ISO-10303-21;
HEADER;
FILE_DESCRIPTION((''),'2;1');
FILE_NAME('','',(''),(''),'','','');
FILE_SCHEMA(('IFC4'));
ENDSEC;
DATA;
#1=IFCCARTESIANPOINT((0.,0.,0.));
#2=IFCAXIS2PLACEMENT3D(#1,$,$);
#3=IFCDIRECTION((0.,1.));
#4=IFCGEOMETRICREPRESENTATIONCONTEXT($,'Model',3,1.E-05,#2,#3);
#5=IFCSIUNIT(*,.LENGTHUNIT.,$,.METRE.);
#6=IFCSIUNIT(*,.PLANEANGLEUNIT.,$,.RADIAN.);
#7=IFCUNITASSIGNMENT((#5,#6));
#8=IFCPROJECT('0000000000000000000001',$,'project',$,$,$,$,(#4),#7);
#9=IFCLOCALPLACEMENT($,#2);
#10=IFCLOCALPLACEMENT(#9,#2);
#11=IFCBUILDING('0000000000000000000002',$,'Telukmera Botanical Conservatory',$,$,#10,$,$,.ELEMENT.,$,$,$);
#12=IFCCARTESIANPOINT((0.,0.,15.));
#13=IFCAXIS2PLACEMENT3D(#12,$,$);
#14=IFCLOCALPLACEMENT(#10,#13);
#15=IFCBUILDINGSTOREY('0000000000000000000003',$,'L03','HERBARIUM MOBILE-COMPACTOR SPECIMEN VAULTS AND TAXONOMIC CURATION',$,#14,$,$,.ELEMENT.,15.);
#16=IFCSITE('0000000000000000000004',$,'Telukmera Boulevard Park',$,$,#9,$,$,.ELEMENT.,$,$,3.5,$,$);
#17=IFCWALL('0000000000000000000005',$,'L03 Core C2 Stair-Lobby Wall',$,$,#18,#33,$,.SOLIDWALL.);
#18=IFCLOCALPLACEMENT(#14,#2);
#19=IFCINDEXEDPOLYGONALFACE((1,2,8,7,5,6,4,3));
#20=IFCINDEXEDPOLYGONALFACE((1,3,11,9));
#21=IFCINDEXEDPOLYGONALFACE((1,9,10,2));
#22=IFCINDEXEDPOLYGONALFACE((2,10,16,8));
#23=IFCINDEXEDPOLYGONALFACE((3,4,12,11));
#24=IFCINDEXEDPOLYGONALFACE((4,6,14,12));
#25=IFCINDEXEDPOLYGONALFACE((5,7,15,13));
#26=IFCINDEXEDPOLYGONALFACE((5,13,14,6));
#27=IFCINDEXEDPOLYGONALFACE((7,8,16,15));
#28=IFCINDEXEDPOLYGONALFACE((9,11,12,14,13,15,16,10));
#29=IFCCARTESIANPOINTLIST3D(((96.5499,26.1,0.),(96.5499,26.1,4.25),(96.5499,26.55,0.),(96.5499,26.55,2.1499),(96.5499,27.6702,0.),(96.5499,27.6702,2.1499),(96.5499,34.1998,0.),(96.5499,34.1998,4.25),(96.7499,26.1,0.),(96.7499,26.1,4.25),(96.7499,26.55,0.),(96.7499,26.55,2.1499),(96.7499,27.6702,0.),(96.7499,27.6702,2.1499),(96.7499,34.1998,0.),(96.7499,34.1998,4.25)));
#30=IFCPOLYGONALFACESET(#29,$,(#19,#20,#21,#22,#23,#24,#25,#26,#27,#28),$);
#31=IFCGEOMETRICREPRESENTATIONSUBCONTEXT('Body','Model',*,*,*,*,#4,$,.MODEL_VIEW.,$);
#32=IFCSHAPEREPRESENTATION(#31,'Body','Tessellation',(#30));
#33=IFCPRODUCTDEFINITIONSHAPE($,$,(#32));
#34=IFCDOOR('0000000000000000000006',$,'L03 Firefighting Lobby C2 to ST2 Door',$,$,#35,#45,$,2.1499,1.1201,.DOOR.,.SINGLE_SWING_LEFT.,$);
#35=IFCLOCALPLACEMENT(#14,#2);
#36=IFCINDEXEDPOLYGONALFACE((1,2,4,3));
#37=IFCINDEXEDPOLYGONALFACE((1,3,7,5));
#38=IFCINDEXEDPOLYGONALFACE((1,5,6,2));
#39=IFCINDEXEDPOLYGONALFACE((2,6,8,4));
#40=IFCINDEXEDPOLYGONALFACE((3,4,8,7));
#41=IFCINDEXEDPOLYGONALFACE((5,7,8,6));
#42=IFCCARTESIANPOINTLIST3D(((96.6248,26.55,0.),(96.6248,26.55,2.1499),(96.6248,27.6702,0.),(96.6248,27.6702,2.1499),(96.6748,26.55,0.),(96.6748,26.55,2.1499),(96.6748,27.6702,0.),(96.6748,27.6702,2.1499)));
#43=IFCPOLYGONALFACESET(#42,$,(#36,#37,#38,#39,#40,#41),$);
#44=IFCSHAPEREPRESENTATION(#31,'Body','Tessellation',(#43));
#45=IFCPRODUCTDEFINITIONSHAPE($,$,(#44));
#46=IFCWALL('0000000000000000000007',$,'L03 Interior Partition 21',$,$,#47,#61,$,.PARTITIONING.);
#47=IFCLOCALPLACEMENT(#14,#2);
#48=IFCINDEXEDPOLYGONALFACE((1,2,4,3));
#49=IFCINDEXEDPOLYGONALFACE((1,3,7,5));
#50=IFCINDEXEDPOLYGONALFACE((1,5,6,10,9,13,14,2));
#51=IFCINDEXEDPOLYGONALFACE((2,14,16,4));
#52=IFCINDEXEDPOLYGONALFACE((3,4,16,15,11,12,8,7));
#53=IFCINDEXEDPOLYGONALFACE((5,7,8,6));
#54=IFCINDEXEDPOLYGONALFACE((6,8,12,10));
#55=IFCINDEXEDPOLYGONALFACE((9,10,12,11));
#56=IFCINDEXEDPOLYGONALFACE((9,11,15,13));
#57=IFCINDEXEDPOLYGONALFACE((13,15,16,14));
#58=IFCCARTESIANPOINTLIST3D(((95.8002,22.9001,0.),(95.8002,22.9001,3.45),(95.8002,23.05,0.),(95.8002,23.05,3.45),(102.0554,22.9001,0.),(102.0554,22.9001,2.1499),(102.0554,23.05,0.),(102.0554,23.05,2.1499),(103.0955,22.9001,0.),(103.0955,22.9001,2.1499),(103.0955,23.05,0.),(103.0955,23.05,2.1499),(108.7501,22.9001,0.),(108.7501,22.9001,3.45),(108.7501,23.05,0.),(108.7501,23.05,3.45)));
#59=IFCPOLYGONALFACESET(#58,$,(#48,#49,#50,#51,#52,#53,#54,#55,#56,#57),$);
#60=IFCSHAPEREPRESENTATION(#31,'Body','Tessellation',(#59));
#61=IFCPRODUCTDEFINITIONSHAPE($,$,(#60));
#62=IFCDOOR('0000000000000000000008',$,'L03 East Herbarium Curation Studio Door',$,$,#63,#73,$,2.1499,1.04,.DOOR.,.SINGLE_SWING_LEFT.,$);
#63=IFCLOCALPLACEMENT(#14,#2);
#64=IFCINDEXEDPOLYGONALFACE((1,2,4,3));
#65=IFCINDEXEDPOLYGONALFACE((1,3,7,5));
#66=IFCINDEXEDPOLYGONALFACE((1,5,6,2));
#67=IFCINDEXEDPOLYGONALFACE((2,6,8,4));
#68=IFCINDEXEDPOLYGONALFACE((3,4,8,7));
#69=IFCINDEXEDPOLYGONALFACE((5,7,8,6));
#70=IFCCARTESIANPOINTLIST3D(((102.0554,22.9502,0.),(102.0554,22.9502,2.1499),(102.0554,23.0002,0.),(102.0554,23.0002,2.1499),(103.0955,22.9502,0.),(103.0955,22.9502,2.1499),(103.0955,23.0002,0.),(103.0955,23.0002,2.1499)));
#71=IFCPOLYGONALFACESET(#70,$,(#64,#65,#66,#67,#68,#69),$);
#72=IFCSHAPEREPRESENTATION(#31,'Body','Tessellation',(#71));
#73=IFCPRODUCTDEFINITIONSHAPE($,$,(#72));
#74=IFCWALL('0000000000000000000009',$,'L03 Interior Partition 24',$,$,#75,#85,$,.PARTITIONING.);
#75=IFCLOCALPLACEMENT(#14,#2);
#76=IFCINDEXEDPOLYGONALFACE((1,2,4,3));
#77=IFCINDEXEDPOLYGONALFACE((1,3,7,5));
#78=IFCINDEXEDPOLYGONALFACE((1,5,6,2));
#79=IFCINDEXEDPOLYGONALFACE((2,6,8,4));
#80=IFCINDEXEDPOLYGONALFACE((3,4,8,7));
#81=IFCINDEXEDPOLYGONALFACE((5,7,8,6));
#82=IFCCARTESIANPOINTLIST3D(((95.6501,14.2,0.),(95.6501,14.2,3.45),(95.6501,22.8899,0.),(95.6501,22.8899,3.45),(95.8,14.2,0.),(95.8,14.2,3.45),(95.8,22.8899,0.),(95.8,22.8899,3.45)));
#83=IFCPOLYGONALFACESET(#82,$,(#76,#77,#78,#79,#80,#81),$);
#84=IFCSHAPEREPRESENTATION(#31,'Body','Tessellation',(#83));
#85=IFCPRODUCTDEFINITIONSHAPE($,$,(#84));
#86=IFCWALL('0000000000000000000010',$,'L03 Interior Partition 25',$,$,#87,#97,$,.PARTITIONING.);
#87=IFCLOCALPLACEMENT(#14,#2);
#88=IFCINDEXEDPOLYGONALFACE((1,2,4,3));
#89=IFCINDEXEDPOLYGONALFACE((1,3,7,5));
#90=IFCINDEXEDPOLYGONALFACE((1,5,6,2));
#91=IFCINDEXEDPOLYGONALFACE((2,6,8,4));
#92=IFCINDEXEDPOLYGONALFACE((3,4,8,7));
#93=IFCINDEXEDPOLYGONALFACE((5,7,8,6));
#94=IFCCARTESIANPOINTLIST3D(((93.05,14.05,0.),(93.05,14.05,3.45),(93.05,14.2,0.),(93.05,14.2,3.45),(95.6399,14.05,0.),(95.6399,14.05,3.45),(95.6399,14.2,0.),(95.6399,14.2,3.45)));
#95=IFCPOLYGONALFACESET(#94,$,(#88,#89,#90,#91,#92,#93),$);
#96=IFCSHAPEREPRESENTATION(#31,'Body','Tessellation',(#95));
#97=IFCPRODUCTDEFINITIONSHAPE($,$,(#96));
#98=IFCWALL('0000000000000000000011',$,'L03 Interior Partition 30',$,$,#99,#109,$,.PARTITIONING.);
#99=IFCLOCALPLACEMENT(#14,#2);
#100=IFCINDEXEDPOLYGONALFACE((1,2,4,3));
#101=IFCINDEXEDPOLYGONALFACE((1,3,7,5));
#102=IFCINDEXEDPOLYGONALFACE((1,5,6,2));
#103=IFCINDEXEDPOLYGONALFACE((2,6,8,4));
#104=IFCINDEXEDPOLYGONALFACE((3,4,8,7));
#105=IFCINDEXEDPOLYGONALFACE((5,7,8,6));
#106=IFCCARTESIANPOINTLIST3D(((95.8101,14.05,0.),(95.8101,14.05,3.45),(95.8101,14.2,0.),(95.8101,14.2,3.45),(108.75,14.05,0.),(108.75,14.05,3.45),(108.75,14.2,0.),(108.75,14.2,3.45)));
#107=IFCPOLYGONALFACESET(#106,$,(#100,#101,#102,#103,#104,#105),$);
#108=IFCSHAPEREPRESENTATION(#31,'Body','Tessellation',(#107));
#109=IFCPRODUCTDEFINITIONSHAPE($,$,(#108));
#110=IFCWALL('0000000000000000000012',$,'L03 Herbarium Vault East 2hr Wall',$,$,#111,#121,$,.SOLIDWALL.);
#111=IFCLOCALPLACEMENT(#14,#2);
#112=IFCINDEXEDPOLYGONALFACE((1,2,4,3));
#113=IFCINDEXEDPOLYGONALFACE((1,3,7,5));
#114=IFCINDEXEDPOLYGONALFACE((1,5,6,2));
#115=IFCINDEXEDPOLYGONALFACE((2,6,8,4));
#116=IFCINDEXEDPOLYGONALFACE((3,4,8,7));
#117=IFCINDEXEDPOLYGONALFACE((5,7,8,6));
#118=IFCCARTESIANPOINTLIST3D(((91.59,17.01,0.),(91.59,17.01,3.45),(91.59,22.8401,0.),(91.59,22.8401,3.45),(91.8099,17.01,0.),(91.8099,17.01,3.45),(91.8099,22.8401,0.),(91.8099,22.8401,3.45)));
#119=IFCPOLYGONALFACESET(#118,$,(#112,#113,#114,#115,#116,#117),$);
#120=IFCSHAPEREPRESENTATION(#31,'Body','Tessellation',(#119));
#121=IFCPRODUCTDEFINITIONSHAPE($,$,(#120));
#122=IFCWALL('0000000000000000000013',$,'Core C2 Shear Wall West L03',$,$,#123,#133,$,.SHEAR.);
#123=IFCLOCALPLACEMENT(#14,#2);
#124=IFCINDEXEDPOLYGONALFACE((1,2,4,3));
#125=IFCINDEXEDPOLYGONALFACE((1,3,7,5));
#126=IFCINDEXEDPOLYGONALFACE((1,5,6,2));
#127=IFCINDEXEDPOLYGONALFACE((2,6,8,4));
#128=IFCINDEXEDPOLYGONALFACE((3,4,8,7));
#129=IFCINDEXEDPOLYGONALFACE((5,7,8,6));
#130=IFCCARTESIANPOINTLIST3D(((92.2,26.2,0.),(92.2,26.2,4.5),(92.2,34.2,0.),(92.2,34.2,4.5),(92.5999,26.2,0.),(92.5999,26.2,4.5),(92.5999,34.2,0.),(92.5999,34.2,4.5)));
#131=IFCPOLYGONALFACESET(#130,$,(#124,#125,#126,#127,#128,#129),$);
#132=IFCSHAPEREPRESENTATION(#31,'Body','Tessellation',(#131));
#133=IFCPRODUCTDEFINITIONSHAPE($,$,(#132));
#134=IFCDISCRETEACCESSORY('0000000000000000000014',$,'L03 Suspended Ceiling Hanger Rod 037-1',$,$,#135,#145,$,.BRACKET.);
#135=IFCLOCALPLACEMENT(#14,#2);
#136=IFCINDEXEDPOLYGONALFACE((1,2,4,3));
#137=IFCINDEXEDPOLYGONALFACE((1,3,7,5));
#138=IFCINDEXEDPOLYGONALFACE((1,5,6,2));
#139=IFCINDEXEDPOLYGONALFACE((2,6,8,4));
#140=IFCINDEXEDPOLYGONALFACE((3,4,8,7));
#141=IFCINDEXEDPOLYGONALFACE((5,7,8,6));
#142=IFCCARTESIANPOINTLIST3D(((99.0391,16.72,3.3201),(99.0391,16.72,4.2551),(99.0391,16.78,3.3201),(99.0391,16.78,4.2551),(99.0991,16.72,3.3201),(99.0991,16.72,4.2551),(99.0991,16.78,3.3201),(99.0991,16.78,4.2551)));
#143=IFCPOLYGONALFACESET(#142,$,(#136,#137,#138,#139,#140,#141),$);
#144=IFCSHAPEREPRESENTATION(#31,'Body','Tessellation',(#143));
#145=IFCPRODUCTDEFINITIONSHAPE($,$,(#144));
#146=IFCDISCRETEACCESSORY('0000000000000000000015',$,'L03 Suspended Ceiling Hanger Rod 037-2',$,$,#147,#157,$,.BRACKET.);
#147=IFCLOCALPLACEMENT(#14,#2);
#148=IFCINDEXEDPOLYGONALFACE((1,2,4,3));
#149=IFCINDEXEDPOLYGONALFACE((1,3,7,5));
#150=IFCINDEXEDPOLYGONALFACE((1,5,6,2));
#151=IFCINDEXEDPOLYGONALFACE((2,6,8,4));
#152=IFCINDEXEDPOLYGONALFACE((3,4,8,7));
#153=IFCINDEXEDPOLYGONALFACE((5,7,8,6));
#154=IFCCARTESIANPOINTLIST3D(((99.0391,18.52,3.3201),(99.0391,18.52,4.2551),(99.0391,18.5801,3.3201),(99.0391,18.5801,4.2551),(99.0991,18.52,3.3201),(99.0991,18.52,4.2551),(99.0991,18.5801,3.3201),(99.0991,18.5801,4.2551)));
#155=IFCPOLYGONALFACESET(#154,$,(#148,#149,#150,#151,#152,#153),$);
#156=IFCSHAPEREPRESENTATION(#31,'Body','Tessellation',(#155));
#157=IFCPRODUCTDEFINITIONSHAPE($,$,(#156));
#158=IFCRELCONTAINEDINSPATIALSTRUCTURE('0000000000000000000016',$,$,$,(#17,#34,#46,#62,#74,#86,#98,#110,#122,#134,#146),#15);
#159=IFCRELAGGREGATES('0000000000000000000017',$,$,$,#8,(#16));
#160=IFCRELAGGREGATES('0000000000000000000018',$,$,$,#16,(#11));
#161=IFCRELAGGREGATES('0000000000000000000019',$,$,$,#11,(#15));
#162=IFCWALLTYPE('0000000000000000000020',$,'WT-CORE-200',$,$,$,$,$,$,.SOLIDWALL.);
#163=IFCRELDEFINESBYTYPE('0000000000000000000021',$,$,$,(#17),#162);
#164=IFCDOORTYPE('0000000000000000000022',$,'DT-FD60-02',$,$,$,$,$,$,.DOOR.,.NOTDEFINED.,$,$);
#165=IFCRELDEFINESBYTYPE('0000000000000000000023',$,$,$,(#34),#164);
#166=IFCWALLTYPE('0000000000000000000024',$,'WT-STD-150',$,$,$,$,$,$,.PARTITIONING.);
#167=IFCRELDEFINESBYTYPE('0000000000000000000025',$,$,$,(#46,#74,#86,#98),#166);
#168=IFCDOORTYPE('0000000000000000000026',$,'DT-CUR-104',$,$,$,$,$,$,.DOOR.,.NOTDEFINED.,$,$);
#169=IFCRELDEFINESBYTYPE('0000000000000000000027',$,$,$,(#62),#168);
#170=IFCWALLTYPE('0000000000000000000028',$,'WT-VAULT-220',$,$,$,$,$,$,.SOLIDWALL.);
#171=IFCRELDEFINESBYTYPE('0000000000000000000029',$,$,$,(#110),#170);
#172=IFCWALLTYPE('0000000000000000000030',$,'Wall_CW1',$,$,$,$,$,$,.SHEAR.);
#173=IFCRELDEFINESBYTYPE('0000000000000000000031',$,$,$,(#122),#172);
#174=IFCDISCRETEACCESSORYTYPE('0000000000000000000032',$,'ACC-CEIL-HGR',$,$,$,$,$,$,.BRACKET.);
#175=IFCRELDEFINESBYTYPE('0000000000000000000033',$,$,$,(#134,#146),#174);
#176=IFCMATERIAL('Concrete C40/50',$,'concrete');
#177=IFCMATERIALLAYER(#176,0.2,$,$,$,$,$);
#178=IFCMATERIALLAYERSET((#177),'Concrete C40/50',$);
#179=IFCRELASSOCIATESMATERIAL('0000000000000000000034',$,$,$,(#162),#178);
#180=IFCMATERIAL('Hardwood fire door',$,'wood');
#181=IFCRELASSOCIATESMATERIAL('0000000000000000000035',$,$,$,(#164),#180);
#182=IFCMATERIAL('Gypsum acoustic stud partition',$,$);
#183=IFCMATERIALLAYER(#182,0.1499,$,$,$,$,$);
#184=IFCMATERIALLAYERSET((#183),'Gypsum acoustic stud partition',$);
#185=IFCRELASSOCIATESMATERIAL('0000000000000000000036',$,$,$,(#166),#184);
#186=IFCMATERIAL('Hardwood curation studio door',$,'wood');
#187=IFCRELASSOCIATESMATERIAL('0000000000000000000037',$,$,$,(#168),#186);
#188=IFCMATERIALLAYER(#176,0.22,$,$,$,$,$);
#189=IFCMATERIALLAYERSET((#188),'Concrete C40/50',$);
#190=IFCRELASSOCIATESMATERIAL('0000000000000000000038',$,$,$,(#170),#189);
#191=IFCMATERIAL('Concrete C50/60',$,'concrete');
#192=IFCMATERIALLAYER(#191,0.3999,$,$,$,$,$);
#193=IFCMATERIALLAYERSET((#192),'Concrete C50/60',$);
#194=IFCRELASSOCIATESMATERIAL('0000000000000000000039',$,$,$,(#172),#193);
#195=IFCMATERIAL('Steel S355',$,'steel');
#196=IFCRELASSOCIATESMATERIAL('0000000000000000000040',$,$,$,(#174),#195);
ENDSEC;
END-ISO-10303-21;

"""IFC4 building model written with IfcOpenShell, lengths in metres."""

from ifc_helpers import new_model, si_unit, direction, frame, frame_2d, origin, origin_2d, place, context, subcontext, project, spatial, rectangle, extrude, material, layer, layer_set, type_object, element, fill, save


model = new_model("IFC4")

# Units and contexts
model_context = context("Model", 3, precision=1e-05, world=origin(), true_north=direction((0.0, 1.0)))
body_context = subcontext(model_context, "Body", "Model", "MODEL_VIEW")
ifc_project = project(units=[si_unit("LENGTHUNIT", "METRE"), si_unit("PLANEANGLEUNIT", "RADIAN")], contexts=[model_context])

# Site, building, storey
site_placement = place(None, origin())
site = spatial("IfcSite", under=ifc_project, at=site_placement, Name="Telukmera Boulevard Park", CompositionType="ELEMENT", RefElevation=3.5)
building_placement = place(site_placement, origin())
building = spatial("IfcBuilding", under=site, at=building_placement, Name="Telukmera Botanical Conservatory", CompositionType="ELEMENT")
storey_placement = place(building_placement, frame((0.0, 0.0, 15.0)))
storey = spatial("IfcBuildingStorey", under=building, at=storey_placement, Name="L03", Description="HERBARIUM MOBILE-COMPACTOR SPECIMEN VAULTS AND TAXONOMIC CURATION", CompositionType="ELEMENT", Elevation=15.0)

# Shared definitions
ifc_material_1 = material(Name="Concrete C50/60", Category="concrete")

# Shared definitions
ifc_material_2 = material(Name="Concrete C40/50", Category="concrete")

# Shared definitions
ifc_layer_1 = layer(ifc_material_2, 0.2)
ifc_layer_set_1 = layer_set([ifc_layer_1], Name="Concrete C40/50")
wall_type_1 = type_object("IfcWallType", Name="WT-CORE-200", PredefinedType="SOLIDWALL", material=ifc_layer_set_1)
ifc_material_3 = material(Name="Hardwood fire door", Category="wood")

# Walls, openings, doors
wall_1_placement = place(storey_placement, frame((96.6499, 26.1001, 0.0), z_axis=(0.0, 0.0, 1.0), x_axis=(0.0, 1.0, 0.0)))
wall_1 = element("IfcWall", 1, at=wall_1_placement, inside=storey, type_object=wall_type_1, Name="L03 Core C2 Stair-Lobby Wall", PredefinedType="SOLIDWALL", context=body_context, shape_type="SweptSolid", body=[
    extrude(rectangle(XDim=8.0999, YDim=0.2, at=frame_2d((4.0498, 0.0))), origin(), (0.0, 0.0, 1.0), 4.25),
])
opening_1_placement = place(wall_1_placement, frame((0.45, 0.0, 0.0)))
opening_1 = element("IfcOpeningElement", 2, at=opening_1_placement, cuts=wall_1, PredefinedType="OPENING", context=body_context, shape_type="SweptSolid", body=[
    extrude(rectangle(XDim=1.1201, YDim=2.1499, at=frame_2d((0.5601, 1.075))), frame((0.0, 0.1099, 0.0), z_axis=(0.0, -1.0, 0.0), x_axis=(1.0, 0.0, 0.0)), (0.0, 0.0, 1.0), 0.22),
])
door_type_1 = type_object("IfcDoorType", Name="DT-FD60-02", OperationType="NOTDEFINED", PredefinedType="DOOR", material=ifc_material_3)
door_1_placement = place(opening_1_placement, frame((1.1201, 0.0, 0.0), z_axis=(0.0, 0.0, 1.0), x_axis=(-1.0, 0.0, 0.0)))
door_1 = element("IfcDoor", 3, at=door_1_placement, inside=storey, type_object=door_type_1, Name="L03 Firefighting Lobby C2 to ST2 Door", OperationType="SINGLE_SWING_LEFT", OverallHeight=2.1499, OverallWidth=1.1201, PredefinedType="DOOR", context=body_context, shape_type="SweptSolid", body=[
    extrude(rectangle(XDim=1.1201, YDim=2.1499, at=frame_2d((0.5601, 1.075))), frame((0.0, 0.0249, 0.0), z_axis=(0.0, -1.0, 0.0), x_axis=(1.0, 0.0, 0.0)), (0.0, 0.0, 1.0), 0.05),
])
fill(opening_1, door_1)
ifc_material_4 = material(Name="Gypsum acoustic stud partition")
ifc_layer_2 = layer(ifc_material_4, 0.1499)
ifc_layer_set_2 = layer_set([ifc_layer_2], Name="Gypsum acoustic stud partition")
wall_type_2 = type_object("IfcWallType", Name="WT-STD-150", PredefinedType="PARTITIONING", material=ifc_layer_set_2)
wall_2_placement = place(storey_placement, frame((95.8, 22.9751, 0.0), z_axis=(0.0, 0.0, 1.0), x_axis=(1.0, 0.0, 0.0)))
wall_2 = element("IfcWall", 4, at=wall_2_placement, inside=storey, type_object=wall_type_2, Name="L03 Interior Partition 21", PredefinedType="PARTITIONING", context=body_context, shape_type="SweptSolid", body=[
    extrude(rectangle(XDim=12.95, YDim=0.1499, at=frame_2d((6.4751, 0.0))), origin(), (0.0, 0.0, 1.0), 3.45),
])
opening_2_placement = place(wall_2_placement, frame((6.2554, 0.0, 0.0)))
opening_2 = element("IfcOpeningElement", 5, at=opening_2_placement, cuts=wall_2, PredefinedType="OPENING", context=body_context, shape_type="SweptSolid", body=[
    extrude(rectangle(XDim=1.04, YDim=2.1499, at=frame_2d((0.52, 1.075))), frame((0.0, 0.085, 0.0), z_axis=(0.0, -1.0, 0.0), x_axis=(1.0, 0.0, 0.0)), (0.0, 0.0, 1.0), 0.1699),
])
ifc_material_5 = material(Name="Hardwood curation studio door", Category="wood")
door_type_2 = type_object("IfcDoorType", Name="DT-CUR-104", OperationType="NOTDEFINED", PredefinedType="DOOR", material=ifc_material_5)
door_2_placement = place(opening_2_placement, frame((1.04, 0.0, 0.0), z_axis=(0.0, 0.0, 1.0), x_axis=(-1.0, 0.0, 0.0)))
door_2 = element("IfcDoor", 6, at=door_2_placement, inside=storey, type_object=door_type_2, Name="L03 East Herbarium Curation Studio Door", OperationType="SINGLE_SWING_LEFT", OverallHeight=2.1499, OverallWidth=1.04, PredefinedType="DOOR", context=body_context, shape_type="SweptSolid", body=[
    extrude(rectangle(XDim=1.04, YDim=2.1499, at=frame_2d((0.52, 1.075))), frame((0.0, 0.0249, 0.0), z_axis=(0.0, -1.0, 0.0), x_axis=(1.0, 0.0, 0.0)), (0.0, 0.0, 1.0), 0.05),
])
fill(opening_2, door_2)

# Walls
wall_3_placement = place(storey_placement, frame((95.7251, 14.2, 0.0), z_axis=(0.0, 0.0, 1.0), x_axis=(0.0, 1.0, 0.0)))
element("IfcWall", 7, at=wall_3_placement, inside=storey, type_object=wall_type_2, Name="L03 Interior Partition 24", PredefinedType="PARTITIONING", context=body_context, shape_type="SweptSolid", body=[
    extrude(rectangle(XDim=8.6899, YDim=0.1499, at=frame_2d((4.345, 0.0))), origin(), (0.0, 0.0, 1.0), 3.45),
])
wall_4_placement = place(storey_placement, frame((93.05, 14.125, 0.0), z_axis=(0.0, 0.0, 1.0), x_axis=(1.0, 0.0, 0.0)))
element("IfcWall", 8, at=wall_4_placement, inside=storey, type_object=wall_type_2, Name="L03 Interior Partition 25", PredefinedType="PARTITIONING", context=body_context, shape_type="SweptSolid", body=[
    extrude(rectangle(XDim=2.5898, YDim=0.1499, at=frame_2d((1.2949, 0.0))), origin(), (0.0, 0.0, 1.0), 3.45),
])

# Walls
wall_5_placement = place(storey_placement, frame((95.8101, 14.125, 0.0), z_axis=(0.0, 0.0, 1.0), x_axis=(1.0, 0.0, 0.0)))
element("IfcWall", 9, at=wall_5_placement, inside=storey, type_object=wall_type_2, Name="L03 Interior Partition 30", PredefinedType="PARTITIONING", context=body_context, shape_type="SweptSolid", body=[
    extrude(rectangle(XDim=12.9399, YDim=0.1499, at=frame_2d((6.47, 0.0))), origin(), (0.0, 0.0, 1.0), 3.45),
])
ifc_layer_3 = layer(ifc_material_2, 0.22)
ifc_layer_set_3 = layer_set([ifc_layer_3], Name="Concrete C40/50")
wall_type_3 = type_object("IfcWallType", Name="WT-VAULT-220", PredefinedType="SOLIDWALL", material=ifc_layer_set_3)
wall_6_placement = place(storey_placement, frame((91.7, 17.01, 0.0), z_axis=(0.0, 0.0, 1.0), x_axis=(0.0, 1.0, 0.0)))
element("IfcWall", 10, at=wall_6_placement, inside=storey, type_object=wall_type_3, Name="L03 Herbarium Vault East 2hr Wall", PredefinedType="SOLIDWALL", context=body_context, shape_type="SweptSolid", body=[
    extrude(rectangle(XDim=5.8301, YDim=0.22, at=frame_2d((2.915, 0.0))), origin(), (0.0, 0.0, 1.0), 3.45),
])
ifc_layer_4 = layer(ifc_material_1, 0.3999)
ifc_layer_set_4 = layer_set([ifc_layer_4], Name="Concrete C50/60")
wall_type_4 = type_object("IfcWallType", Name="Wall_CW1", PredefinedType="SHEAR", material=ifc_layer_set_4)
wall_7_placement = place(storey_placement, frame((92.3999, 26.2, 0.0), z_axis=(0.0, 0.0, 1.0), x_axis=(0.0, 1.0, 0.0)))
element("IfcWall", 11, at=wall_7_placement, inside=storey, type_object=wall_type_4, Name="Core C2 Shear Wall West L03", PredefinedType="SHEAR", context=body_context, shape_type="SweptSolid", body=[
    extrude(rectangle(XDim=8.0, YDim=0.3999, at=frame_2d((4.0, 0.0))), origin(), (0.0, 0.0, 1.0), 4.5),
])

# Discrete accessories
ifc_material_6 = material(Name="Steel S355", Category="steel")
discrete_accessory_type = type_object("IfcDiscreteAccessoryType", Name="ACC-CEIL-HGR", PredefinedType="BRACKET", material=ifc_material_6)
for number, where, z_axis, x_axis, name in (
    (12, (99.0691, 16.75, 3.3201), (0.0, 0.0, 1.0), (1.0, 0.0, 0.0), "L03 Suspended Ceiling Hanger Rod 037-1"),
    (13, (99.0691, 18.55, 3.3201), (0.0, 0.0, 1.0), (1.0, 0.0, 0.0), "L03 Suspended Ceiling Hanger Rod 037-2"),
):
    element("IfcDiscreteAccessory", number, at=place(storey_placement, frame(where, z_axis=z_axis, x_axis=x_axis)), inside=storey, type_object=discrete_accessory_type, Name=name, PredefinedType="BRACKET", context=body_context, shape_type="SweptSolid", body=[
        extrude(rectangle(XDim=0.0601, YDim=0.0601, at=origin_2d()), origin(), (0.0, 0.0, 1.0), 0.9351),
    ])

save(model, "model.ifc")
